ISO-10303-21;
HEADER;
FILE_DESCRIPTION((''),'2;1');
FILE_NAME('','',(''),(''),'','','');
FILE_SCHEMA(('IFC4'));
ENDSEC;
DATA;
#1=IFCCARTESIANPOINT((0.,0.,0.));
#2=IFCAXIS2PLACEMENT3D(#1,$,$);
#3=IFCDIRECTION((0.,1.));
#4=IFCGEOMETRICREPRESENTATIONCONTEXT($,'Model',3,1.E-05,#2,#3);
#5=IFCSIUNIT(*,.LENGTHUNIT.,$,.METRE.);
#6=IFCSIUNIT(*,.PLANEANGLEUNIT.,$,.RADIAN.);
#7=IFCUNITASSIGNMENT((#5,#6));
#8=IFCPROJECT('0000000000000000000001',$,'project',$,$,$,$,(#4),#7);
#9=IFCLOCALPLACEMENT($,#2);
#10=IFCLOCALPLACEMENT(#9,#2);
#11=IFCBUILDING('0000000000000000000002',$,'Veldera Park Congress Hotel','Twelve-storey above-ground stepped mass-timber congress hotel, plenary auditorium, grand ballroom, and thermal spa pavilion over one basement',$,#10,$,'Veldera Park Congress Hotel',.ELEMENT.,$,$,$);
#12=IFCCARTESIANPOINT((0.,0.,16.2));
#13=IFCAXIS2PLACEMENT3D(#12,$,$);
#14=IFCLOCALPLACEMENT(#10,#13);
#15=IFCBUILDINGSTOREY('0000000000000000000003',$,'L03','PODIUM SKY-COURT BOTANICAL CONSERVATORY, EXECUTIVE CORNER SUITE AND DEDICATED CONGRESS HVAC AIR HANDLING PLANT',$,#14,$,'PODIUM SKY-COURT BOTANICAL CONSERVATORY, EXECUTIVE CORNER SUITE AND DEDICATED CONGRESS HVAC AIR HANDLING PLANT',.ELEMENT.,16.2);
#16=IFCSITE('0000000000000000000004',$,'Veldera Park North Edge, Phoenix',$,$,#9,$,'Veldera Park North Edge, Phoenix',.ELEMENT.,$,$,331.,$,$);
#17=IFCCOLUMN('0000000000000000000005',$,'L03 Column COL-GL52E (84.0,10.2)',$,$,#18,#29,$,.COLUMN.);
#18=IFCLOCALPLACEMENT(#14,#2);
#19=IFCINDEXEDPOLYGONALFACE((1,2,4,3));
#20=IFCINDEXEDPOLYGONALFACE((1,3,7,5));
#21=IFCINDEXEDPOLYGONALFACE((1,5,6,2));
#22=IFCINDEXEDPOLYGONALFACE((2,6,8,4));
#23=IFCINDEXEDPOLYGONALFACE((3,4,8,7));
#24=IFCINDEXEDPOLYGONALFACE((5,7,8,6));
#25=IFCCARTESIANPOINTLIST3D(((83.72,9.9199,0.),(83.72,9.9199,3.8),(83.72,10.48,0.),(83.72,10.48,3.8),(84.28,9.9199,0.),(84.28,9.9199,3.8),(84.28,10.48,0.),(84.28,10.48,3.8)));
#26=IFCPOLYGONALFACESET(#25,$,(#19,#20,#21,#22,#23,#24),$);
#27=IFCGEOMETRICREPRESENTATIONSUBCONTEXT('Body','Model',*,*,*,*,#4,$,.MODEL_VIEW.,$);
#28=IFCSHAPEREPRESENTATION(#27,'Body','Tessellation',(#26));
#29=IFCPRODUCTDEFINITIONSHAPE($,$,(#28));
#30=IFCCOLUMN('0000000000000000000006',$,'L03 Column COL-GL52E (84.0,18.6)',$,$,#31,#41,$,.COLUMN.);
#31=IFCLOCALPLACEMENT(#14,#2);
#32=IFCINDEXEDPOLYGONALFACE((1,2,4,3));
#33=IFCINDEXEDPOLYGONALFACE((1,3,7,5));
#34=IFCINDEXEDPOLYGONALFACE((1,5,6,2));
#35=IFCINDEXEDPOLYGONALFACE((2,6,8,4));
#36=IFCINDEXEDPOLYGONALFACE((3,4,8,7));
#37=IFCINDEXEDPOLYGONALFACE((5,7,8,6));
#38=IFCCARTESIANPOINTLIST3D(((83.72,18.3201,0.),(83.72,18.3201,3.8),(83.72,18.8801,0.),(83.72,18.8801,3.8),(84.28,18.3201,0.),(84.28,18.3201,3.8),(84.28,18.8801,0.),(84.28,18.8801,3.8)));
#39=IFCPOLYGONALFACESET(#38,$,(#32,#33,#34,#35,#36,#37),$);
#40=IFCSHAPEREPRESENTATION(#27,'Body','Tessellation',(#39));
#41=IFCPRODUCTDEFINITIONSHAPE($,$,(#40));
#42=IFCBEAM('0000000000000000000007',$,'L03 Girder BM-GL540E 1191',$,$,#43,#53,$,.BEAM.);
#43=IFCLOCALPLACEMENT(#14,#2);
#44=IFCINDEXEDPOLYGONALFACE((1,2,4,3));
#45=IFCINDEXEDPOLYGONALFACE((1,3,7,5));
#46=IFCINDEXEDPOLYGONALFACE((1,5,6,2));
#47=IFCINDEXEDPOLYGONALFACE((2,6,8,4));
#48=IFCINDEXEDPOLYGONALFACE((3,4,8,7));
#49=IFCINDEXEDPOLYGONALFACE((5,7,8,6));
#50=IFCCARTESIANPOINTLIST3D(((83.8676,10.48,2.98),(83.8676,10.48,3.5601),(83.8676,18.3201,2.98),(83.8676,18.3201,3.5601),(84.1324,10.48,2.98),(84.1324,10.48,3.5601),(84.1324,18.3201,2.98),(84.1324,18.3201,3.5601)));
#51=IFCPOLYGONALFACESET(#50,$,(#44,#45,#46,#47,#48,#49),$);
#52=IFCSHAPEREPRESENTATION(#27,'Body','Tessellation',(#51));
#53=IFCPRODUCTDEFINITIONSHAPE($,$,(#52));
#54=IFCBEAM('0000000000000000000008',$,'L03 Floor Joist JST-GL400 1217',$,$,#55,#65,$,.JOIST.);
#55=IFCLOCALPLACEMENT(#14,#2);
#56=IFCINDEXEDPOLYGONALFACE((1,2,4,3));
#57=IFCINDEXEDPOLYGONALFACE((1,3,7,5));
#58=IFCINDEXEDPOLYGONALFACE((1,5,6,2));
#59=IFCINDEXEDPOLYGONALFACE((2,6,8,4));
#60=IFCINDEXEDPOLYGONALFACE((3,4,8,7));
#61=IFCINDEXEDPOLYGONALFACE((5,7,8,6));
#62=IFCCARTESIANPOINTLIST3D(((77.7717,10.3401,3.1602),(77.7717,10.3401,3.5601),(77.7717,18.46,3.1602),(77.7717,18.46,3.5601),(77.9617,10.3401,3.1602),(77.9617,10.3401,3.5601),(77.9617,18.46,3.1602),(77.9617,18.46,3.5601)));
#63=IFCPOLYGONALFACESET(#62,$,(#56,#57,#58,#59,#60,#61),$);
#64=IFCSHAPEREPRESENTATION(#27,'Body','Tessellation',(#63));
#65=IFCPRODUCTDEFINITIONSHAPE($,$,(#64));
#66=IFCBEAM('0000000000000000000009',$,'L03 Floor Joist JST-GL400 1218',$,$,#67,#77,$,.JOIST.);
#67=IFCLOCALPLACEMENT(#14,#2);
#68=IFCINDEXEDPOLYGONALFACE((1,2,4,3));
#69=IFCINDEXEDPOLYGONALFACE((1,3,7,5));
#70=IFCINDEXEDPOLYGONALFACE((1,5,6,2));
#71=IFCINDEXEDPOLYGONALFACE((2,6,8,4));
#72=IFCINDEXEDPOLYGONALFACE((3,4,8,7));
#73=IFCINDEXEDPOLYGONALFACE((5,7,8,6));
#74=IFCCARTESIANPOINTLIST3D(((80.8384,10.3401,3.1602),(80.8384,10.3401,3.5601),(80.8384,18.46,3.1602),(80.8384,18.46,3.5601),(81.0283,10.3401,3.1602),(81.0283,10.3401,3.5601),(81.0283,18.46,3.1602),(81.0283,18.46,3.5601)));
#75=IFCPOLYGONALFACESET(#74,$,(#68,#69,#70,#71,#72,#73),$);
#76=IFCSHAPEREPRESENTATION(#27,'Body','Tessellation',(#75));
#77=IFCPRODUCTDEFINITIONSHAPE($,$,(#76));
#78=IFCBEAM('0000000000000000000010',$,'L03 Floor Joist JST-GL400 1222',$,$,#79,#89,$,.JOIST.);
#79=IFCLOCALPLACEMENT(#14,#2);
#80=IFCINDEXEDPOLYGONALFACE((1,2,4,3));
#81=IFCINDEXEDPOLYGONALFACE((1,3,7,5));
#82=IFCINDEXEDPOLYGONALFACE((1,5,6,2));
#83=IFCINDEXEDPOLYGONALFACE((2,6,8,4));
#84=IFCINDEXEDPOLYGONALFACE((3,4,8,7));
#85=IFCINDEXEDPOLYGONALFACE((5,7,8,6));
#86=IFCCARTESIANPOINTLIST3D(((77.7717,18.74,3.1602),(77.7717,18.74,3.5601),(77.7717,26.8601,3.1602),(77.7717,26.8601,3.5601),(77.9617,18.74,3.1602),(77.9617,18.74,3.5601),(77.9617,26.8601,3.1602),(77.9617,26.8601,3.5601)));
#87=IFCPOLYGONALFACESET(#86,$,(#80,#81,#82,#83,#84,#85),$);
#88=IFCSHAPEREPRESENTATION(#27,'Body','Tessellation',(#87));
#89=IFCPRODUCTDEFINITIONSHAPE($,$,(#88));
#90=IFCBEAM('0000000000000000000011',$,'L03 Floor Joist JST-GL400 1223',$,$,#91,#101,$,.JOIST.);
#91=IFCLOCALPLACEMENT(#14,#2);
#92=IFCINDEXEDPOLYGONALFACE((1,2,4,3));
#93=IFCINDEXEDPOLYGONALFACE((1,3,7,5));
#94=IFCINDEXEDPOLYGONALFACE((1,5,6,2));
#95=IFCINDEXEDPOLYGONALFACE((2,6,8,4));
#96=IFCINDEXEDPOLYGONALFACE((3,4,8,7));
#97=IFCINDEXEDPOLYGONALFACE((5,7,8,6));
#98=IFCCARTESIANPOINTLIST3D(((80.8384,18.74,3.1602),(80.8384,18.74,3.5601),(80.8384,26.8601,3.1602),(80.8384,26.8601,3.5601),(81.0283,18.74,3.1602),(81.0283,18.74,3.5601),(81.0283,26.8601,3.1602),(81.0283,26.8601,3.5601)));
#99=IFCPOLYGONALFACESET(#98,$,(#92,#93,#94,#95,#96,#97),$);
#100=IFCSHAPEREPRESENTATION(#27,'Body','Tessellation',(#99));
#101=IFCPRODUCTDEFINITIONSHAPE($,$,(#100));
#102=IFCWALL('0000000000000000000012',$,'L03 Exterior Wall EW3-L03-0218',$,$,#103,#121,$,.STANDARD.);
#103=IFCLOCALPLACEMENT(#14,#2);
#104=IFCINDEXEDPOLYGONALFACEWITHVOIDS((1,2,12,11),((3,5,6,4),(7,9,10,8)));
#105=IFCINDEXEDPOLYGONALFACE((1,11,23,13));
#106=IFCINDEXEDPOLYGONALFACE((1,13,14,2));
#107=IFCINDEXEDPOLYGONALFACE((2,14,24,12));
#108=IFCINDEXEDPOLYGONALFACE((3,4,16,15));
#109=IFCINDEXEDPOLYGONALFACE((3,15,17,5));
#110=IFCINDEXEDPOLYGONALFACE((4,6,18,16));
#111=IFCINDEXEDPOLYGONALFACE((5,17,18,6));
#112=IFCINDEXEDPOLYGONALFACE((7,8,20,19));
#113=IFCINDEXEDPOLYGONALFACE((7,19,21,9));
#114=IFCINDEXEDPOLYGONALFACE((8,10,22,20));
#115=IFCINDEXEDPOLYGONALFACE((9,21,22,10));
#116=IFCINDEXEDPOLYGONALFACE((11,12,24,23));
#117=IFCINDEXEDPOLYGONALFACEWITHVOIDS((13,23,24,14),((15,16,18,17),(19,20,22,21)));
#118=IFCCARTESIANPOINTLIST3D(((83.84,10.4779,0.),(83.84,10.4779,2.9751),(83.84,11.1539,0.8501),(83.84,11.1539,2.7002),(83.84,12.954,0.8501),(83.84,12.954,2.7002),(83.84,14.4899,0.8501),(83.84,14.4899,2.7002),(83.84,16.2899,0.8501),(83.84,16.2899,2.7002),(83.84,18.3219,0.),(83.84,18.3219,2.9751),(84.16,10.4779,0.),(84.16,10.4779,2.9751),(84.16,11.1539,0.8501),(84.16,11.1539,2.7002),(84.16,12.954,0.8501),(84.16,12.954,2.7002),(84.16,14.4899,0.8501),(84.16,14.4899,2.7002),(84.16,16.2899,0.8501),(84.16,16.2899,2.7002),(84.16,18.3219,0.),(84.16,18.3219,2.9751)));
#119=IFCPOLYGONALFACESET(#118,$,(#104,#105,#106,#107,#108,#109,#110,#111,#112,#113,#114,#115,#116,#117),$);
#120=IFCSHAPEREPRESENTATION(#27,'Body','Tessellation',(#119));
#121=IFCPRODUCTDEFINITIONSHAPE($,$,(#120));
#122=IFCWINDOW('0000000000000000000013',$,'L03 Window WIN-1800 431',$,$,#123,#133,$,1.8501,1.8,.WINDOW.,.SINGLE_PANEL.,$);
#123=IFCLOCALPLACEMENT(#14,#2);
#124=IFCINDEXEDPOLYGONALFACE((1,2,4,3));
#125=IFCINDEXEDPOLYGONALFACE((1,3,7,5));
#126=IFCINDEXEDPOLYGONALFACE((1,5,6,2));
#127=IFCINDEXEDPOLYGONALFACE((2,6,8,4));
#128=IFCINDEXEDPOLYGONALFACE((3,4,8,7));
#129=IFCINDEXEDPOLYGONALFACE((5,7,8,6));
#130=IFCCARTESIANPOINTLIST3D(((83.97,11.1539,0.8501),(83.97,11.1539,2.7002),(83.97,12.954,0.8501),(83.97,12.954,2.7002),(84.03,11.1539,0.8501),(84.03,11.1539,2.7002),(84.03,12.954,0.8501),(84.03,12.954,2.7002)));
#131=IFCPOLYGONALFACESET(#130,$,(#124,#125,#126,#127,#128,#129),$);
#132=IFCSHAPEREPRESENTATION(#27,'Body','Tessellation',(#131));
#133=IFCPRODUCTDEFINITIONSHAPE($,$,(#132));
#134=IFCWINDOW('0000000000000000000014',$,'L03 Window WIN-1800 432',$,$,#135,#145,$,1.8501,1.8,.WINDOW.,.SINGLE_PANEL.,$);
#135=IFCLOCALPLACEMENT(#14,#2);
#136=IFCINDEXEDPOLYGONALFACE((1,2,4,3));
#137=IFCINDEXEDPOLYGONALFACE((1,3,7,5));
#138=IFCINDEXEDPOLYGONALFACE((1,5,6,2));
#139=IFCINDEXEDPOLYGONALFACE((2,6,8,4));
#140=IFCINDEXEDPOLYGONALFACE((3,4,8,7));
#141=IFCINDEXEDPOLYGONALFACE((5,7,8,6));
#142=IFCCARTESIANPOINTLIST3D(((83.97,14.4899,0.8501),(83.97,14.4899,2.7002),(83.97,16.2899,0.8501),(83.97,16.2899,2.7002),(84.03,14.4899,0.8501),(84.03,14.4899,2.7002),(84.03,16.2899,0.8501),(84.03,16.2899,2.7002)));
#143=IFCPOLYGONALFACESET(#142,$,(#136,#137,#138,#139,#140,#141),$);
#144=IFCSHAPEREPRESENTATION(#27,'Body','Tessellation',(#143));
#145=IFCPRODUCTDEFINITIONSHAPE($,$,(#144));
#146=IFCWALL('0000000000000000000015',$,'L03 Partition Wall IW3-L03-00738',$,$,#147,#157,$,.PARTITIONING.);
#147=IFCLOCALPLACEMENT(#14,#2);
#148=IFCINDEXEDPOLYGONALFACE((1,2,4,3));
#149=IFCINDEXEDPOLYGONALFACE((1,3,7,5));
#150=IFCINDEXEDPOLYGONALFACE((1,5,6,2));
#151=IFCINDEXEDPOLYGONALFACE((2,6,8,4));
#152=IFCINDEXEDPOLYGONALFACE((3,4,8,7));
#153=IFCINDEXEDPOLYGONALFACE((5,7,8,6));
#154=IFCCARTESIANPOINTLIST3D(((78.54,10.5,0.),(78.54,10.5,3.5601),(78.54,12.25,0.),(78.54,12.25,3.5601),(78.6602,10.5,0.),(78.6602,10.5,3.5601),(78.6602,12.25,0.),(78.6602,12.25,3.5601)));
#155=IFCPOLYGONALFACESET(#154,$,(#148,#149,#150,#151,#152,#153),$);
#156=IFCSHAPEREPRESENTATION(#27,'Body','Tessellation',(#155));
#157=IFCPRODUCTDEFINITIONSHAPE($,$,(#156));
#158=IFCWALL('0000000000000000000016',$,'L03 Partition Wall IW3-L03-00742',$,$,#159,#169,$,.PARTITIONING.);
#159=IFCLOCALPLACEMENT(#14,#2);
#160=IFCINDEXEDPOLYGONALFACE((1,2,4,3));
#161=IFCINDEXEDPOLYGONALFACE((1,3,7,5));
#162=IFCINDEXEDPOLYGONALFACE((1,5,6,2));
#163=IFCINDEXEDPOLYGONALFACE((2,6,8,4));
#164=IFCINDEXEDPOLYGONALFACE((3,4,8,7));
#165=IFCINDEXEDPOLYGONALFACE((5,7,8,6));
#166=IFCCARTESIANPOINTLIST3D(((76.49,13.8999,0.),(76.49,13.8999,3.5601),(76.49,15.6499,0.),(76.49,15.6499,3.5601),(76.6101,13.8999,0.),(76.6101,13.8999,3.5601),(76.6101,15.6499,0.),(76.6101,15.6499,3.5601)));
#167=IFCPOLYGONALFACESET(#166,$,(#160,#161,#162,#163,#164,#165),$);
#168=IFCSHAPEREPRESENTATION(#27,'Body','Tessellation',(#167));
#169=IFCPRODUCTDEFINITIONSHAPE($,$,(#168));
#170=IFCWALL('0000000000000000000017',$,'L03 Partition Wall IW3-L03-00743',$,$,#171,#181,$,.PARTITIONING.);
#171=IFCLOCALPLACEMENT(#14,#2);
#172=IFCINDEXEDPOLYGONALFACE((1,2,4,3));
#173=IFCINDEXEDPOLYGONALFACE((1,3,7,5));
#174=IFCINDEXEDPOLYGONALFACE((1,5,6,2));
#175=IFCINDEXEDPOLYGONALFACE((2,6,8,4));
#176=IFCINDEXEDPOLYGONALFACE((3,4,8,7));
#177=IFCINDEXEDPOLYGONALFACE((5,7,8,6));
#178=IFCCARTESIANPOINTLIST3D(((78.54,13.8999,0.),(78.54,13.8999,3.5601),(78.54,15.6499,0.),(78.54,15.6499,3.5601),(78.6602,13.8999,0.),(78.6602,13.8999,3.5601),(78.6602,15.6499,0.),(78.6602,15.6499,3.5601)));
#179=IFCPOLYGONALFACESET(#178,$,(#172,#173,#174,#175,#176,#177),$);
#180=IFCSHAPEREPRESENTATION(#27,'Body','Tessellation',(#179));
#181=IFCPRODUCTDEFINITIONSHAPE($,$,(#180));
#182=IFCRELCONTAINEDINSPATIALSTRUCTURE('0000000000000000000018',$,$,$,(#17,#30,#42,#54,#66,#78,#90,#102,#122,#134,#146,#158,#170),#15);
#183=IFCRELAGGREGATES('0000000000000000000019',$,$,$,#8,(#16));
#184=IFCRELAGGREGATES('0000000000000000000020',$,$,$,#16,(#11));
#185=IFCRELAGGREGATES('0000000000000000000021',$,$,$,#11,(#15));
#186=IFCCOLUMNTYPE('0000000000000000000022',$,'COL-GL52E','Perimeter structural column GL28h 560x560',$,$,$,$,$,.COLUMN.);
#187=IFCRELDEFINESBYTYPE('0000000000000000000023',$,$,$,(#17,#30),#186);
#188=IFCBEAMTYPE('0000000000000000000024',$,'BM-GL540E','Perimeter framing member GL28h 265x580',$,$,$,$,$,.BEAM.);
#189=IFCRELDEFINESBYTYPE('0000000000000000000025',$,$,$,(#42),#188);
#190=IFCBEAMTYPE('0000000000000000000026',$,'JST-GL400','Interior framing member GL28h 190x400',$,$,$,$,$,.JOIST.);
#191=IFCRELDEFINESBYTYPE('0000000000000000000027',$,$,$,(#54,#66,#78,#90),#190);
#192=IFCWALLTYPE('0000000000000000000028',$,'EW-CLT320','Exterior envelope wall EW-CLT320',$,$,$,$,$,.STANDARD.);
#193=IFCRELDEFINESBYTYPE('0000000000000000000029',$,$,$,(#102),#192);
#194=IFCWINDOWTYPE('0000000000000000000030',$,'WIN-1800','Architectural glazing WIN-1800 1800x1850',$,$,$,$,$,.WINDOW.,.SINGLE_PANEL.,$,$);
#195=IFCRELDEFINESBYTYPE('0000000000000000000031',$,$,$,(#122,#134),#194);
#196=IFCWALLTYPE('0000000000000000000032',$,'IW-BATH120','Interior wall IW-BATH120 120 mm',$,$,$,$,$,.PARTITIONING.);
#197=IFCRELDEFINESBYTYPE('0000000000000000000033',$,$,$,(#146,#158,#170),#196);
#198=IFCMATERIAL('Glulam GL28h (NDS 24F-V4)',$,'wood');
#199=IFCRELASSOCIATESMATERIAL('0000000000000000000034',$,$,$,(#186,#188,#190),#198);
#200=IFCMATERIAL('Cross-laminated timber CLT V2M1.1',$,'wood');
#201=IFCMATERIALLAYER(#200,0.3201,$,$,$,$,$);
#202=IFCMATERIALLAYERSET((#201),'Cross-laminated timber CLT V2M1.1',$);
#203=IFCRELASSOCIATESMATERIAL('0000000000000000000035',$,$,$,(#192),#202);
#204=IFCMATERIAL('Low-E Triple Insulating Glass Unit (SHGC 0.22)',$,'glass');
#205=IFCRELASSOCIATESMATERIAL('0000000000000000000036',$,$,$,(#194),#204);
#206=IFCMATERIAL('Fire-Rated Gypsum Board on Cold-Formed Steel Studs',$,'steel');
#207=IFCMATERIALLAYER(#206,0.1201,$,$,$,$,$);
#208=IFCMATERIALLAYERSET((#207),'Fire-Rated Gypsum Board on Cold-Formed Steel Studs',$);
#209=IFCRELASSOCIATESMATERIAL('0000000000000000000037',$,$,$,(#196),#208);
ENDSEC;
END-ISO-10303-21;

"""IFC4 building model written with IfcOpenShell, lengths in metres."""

from ifc_helpers import new_model, si_unit, direction, frame, frame_2d, origin, origin_2d, place, context, subcontext, project, spatial, rectangle, extrude, material, layer, layer_set, material_profile, profile_set, type_object, element, fill, save


model = new_model("IFC4")

# Units and contexts
model_context = context("Model", 3, precision=1e-05, world=origin(), true_north=direction((0.0, 1.0)))
body_context = subcontext(model_context, "Body", "Model", "MODEL_VIEW")
ifc_project = project(units=[si_unit("LENGTHUNIT", "METRE"), si_unit("PLANEANGLEUNIT", "RADIAN")], contexts=[model_context])

# Site, building, storey
site_placement = place(None, origin())
site = spatial("IfcSite", under=ifc_project, at=site_placement, Name="Veldera Park North Edge, Phoenix", LongName="Veldera Park North Edge, Phoenix", CompositionType="ELEMENT", RefElevation=331.0)
building_placement = place(site_placement, origin())
building = spatial("IfcBuilding", under=site, at=building_placement, Name="Veldera Park Congress Hotel", Description="Twelve-storey above-ground stepped mass-timber congress hotel, plenary auditorium, grand ballroom, and thermal spa pavilion over one basement", LongName="Veldera Park Congress Hotel", CompositionType="ELEMENT")
storey_placement = place(building_placement, frame((0.0, 0.0, 16.2)))
storey = spatial("IfcBuildingStorey", under=building, at=storey_placement, Name="L03", Description="PODIUM SKY-COURT BOTANICAL CONSERVATORY, EXECUTIVE CORNER SUITE AND DEDICATED CONGRESS HVAC AIR HANDLING PLANT", LongName="PODIUM SKY-COURT BOTANICAL CONSERVATORY, EXECUTIVE CORNER SUITE AND DEDICATED CONGRESS HVAC AIR HANDLING PLANT", CompositionType="ELEMENT", Elevation=16.2)

# Columns
ifc_material_1 = material(Name="Glulam GL28h (NDS 24F-V4)", Category="wood")
ifc_material_profile_1 = material_profile(ifc_material_1, rectangle(XDim=0.5601, YDim=0.5601, at=origin_2d()), Name="GL28h 560x560")
ifc_profile_set_1 = profile_set([ifc_material_profile_1], Name="Glulam GL28h (NDS 24F-V4)")
column_type = type_object("IfcColumnType", Name="COL-GL52E", Description="Perimeter structural column GL28h 560x560", PredefinedType="COLUMN", material=ifc_profile_set_1)
for number, where, z_axis, x_axis, name in (
    (1, (84.0, 10.2, 0.0), (0.0, 0.0, 1.0), (1.0, 0.0, 0.0), "L03 Column COL-GL52E (84.0,10.2)"),
    (2, (84.0, 18.6001, 0.0), (0.0, 0.0, 1.0), (1.0, 0.0, 0.0), "L03 Column COL-GL52E (84.0,18.6)"),
):
    element("IfcColumn", number, at=place(storey_placement, frame(where, z_axis=z_axis, x_axis=x_axis)), inside=storey, type_object=column_type, Name=name, PredefinedType="COLUMN", context=body_context, shape_type="SweptSolid", body=[
        extrude(rectangle(XDim=0.5601, YDim=0.5601, at=origin_2d()), origin(), (0.0, 0.0, 1.0), 3.8),
    ])

# Beams
ifc_material_profile_2 = material_profile(ifc_material_1, rectangle(XDim=0.2649, YDim=0.5801, at=origin_2d()), Name="GL28h 265x580")
ifc_profile_set_2 = profile_set([ifc_material_profile_2], Name="Glulam GL28h (NDS 24F-V4)")
beam_type_1 = type_object("IfcBeamType", Name="BM-GL540E", Description="Perimeter framing member GL28h 265x580", PredefinedType="BEAM", material=ifc_profile_set_2)
beam_placement = place(storey_placement, frame((84.0, 10.48, 3.27), z_axis=(0.0, 1.0, 0.0), x_axis=(-1.0, 0.0, 0.0)))
element("IfcBeam", 3, at=beam_placement, inside=storey, type_object=beam_type_1, Name="L03 Girder BM-GL540E 1191", PredefinedType="BEAM", context=body_context, shape_type="SweptSolid", body=[
    extrude(rectangle(XDim=0.2649, YDim=0.5801, at=origin_2d()), origin(), (0.0, 0.0, 1.0), 7.8401),
])
ifc_material_profile_3 = material_profile(ifc_material_1, rectangle(XDim=0.1899, YDim=0.3999, at=origin_2d()), Name="GL28h 190x400")
ifc_profile_set_3 = profile_set([ifc_material_profile_3], Name="Glulam GL28h (NDS 24F-V4)")
beam_type_2 = type_object("IfcBeamType", Name="JST-GL400", Description="Interior framing member GL28h 190x400", PredefinedType="JOIST", material=ifc_profile_set_3)
for number, where, z_axis, x_axis, name in (
    (4, (77.8667, 10.3401, 3.3601), (0.0, 1.0, 0.0), (-1.0, 0.0, 0.0), "L03 Floor Joist JST-GL400 1217"),
    (5, (80.9333, 10.3401, 3.3601), (0.0, 1.0, 0.0), (-1.0, 0.0, 0.0), "L03 Floor Joist JST-GL400 1218"),
):
    element("IfcBeam", number, at=place(storey_placement, frame(where, z_axis=z_axis, x_axis=x_axis)), inside=storey, type_object=beam_type_2, Name=name, PredefinedType="JOIST", context=body_context, shape_type="SweptSolid", body=[
        extrude(rectangle(XDim=0.1899, YDim=0.3999, at=origin_2d()), origin(), (0.0, 0.0, 1.0), 8.1199),
    ])
for number, where, z_axis, x_axis, name in (
    (6, (77.8667, 18.74, 3.3601), (0.0, 1.0, 0.0), (-1.0, 0.0, 0.0), "L03 Floor Joist JST-GL400 1222"),
    (7, (80.9333, 18.74, 3.3601), (0.0, 1.0, 0.0), (-1.0, 0.0, 0.0), "L03 Floor Joist JST-GL400 1223"),
):
    element("IfcBeam", number, at=place(storey_placement, frame(where, z_axis=z_axis, x_axis=x_axis)), inside=storey, type_object=beam_type_2, Name=name, PredefinedType="JOIST", context=body_context, shape_type="SweptSolid", body=[
        extrude(rectangle(XDim=0.1899, YDim=0.3999, at=origin_2d()), origin(), (0.0, 0.0, 1.0), 8.1201),
    ])

# Wall, openings, windows
ifc_material_2 = material(Name="Cross-laminated timber CLT V2M1.1", Category="wood")
ifc_layer_1 = layer(ifc_material_2, 0.3201)
ifc_layer_set_1 = layer_set([ifc_layer_1], Name="Cross-laminated timber CLT V2M1.1")
wall_type_1 = type_object("IfcWallType", Name="EW-CLT320", Description="Exterior envelope wall EW-CLT320", PredefinedType="STANDARD", material=ifc_layer_set_1)
wall_1_placement = place(storey_placement, frame((84.0, 10.478, 0.0), z_axis=(0.0, 0.0, 1.0), x_axis=(0.0, 1.0, 0.0)))
wall_1 = element("IfcWall", 8, at=wall_1_placement, inside=storey, type_object=wall_type_1, Name="L03 Exterior Wall EW3-L03-0218", PredefinedType="STANDARD", context=body_context, shape_type="SweptSolid", body=[
    extrude(rectangle(XDim=7.844, YDim=0.3201, at=frame_2d((3.9219, 0.0))), origin(), (0.0, 0.0, 1.0), 2.9751),
])
opening_1_placement = place(wall_1_placement, frame((0.676, 0.0, 0.8501)))
opening_1 = element("IfcOpeningElement", 9, at=opening_1_placement, cuts=wall_1, PredefinedType="OPENING", context=body_context, shape_type="SweptSolid", body=[
    extrude(rectangle(XDim=1.8, YDim=1.8501, at=frame_2d((0.8999, 0.925))), frame((0.0, 0.1721, 0.0), z_axis=(0.0, -1.0, 0.0), x_axis=(1.0, 0.0, 0.0)), (0.0, 0.0, 1.0), 0.344),
])
opening_2_placement = place(wall_1_placement, frame((4.012, 0.0, 0.8501)))
opening_2 = element("IfcOpeningElement", 10, at=opening_2_placement, cuts=wall_1, PredefinedType="OPENING", context=body_context, shape_type="SweptSolid", body=[
    extrude(rectangle(XDim=1.8, YDim=1.8501, at=frame_2d((0.8999, 0.925))), frame((0.0, 0.1721, 0.0), z_axis=(0.0, -1.0, 0.0), x_axis=(1.0, 0.0, 0.0)), (0.0, 0.0, 1.0), 0.344),
])
ifc_material_3 = material(Name="Low-E Triple Insulating Glass Unit (SHGC 0.22)", Category="glass")
window_type = type_object("IfcWindowType", Name="WIN-1800", Description="Architectural glazing WIN-1800 1800x1850", PartitioningType="SINGLE_PANEL", PredefinedType="WINDOW", material=ifc_material_3)
window_1_placement = place(opening_1_placement, origin())
window_1 = element("IfcWindow", 11, at=window_1_placement, inside=storey, type_object=window_type, Name="L03 Window WIN-1800 431", OverallHeight=1.8501, OverallWidth=1.8, PartitioningType="SINGLE_PANEL", PredefinedType="WINDOW", context=body_context, shape_type="SweptSolid", body=[
    extrude(rectangle(XDim=1.8, YDim=1.8501, at=frame_2d((0.8999, 0.925))), frame((0.0, 0.03, 0.0), z_axis=(0.0, -1.0, 0.0), x_axis=(1.0, 0.0, 0.0)), (0.0, 0.0, 1.0), 0.0601),
])
fill(opening_1, window_1)
window_2_placement = place(opening_2_placement, origin())
window_2 = element("IfcWindow", 12, at=window_2_placement, inside=storey, type_object=window_type, Name="L03 Window WIN-1800 432", OverallHeight=1.8501, OverallWidth=1.8, PartitioningType="SINGLE_PANEL", PredefinedType="WINDOW", context=body_context, shape_type="SweptSolid", body=[
    extrude(rectangle(XDim=1.8, YDim=1.8501, at=frame_2d((0.8999, 0.925))), frame((0.0, 0.03, 0.0), z_axis=(0.0, -1.0, 0.0), x_axis=(1.0, 0.0, 0.0)), (0.0, 0.0, 1.0), 0.0601),
])
fill(opening_2, window_2)

# Walls
ifc_material_4 = material(Name="Fire-Rated Gypsum Board on Cold-Formed Steel Studs", Category="steel")
ifc_layer_2 = layer(ifc_material_4, 0.1201)
ifc_layer_set_2 = layer_set([ifc_layer_2], Name="Fire-Rated Gypsum Board on Cold-Formed Steel Studs")
wall_type_2 = type_object("IfcWallType", Name="IW-BATH120", Description="Interior wall IW-BATH120 120 mm", PredefinedType="PARTITIONING", material=ifc_layer_set_2)
for number, where, z_axis, x_axis, name in (
    (13, (78.6001, 10.5, 0.0), (0.0, 0.0, 1.0), (0.0, 1.0, 0.0), "L03 Partition Wall IW3-L03-00738"),
    (14, (76.55, 13.8999, 0.0), (0.0, 0.0, 1.0), (0.0, 1.0, 0.0), "L03 Partition Wall IW3-L03-00742"),
    (15, (78.6001, 13.8999, 0.0), (0.0, 0.0, 1.0), (0.0, 1.0, 0.0), "L03 Partition Wall IW3-L03-00743"),
):
    element("IfcWall", number, at=place(storey_placement, frame(where, z_axis=z_axis, x_axis=x_axis)), inside=storey, type_object=wall_type_2, Name=name, PredefinedType="PARTITIONING", context=body_context, shape_type="SweptSolid", body=[
        extrude(rectangle(XDim=1.75, YDim=0.1201, at=frame_2d((0.875, 0.0))), origin(), (0.0, 0.0, 1.0), 3.5601),
    ])

save(model, "model.ifc")
